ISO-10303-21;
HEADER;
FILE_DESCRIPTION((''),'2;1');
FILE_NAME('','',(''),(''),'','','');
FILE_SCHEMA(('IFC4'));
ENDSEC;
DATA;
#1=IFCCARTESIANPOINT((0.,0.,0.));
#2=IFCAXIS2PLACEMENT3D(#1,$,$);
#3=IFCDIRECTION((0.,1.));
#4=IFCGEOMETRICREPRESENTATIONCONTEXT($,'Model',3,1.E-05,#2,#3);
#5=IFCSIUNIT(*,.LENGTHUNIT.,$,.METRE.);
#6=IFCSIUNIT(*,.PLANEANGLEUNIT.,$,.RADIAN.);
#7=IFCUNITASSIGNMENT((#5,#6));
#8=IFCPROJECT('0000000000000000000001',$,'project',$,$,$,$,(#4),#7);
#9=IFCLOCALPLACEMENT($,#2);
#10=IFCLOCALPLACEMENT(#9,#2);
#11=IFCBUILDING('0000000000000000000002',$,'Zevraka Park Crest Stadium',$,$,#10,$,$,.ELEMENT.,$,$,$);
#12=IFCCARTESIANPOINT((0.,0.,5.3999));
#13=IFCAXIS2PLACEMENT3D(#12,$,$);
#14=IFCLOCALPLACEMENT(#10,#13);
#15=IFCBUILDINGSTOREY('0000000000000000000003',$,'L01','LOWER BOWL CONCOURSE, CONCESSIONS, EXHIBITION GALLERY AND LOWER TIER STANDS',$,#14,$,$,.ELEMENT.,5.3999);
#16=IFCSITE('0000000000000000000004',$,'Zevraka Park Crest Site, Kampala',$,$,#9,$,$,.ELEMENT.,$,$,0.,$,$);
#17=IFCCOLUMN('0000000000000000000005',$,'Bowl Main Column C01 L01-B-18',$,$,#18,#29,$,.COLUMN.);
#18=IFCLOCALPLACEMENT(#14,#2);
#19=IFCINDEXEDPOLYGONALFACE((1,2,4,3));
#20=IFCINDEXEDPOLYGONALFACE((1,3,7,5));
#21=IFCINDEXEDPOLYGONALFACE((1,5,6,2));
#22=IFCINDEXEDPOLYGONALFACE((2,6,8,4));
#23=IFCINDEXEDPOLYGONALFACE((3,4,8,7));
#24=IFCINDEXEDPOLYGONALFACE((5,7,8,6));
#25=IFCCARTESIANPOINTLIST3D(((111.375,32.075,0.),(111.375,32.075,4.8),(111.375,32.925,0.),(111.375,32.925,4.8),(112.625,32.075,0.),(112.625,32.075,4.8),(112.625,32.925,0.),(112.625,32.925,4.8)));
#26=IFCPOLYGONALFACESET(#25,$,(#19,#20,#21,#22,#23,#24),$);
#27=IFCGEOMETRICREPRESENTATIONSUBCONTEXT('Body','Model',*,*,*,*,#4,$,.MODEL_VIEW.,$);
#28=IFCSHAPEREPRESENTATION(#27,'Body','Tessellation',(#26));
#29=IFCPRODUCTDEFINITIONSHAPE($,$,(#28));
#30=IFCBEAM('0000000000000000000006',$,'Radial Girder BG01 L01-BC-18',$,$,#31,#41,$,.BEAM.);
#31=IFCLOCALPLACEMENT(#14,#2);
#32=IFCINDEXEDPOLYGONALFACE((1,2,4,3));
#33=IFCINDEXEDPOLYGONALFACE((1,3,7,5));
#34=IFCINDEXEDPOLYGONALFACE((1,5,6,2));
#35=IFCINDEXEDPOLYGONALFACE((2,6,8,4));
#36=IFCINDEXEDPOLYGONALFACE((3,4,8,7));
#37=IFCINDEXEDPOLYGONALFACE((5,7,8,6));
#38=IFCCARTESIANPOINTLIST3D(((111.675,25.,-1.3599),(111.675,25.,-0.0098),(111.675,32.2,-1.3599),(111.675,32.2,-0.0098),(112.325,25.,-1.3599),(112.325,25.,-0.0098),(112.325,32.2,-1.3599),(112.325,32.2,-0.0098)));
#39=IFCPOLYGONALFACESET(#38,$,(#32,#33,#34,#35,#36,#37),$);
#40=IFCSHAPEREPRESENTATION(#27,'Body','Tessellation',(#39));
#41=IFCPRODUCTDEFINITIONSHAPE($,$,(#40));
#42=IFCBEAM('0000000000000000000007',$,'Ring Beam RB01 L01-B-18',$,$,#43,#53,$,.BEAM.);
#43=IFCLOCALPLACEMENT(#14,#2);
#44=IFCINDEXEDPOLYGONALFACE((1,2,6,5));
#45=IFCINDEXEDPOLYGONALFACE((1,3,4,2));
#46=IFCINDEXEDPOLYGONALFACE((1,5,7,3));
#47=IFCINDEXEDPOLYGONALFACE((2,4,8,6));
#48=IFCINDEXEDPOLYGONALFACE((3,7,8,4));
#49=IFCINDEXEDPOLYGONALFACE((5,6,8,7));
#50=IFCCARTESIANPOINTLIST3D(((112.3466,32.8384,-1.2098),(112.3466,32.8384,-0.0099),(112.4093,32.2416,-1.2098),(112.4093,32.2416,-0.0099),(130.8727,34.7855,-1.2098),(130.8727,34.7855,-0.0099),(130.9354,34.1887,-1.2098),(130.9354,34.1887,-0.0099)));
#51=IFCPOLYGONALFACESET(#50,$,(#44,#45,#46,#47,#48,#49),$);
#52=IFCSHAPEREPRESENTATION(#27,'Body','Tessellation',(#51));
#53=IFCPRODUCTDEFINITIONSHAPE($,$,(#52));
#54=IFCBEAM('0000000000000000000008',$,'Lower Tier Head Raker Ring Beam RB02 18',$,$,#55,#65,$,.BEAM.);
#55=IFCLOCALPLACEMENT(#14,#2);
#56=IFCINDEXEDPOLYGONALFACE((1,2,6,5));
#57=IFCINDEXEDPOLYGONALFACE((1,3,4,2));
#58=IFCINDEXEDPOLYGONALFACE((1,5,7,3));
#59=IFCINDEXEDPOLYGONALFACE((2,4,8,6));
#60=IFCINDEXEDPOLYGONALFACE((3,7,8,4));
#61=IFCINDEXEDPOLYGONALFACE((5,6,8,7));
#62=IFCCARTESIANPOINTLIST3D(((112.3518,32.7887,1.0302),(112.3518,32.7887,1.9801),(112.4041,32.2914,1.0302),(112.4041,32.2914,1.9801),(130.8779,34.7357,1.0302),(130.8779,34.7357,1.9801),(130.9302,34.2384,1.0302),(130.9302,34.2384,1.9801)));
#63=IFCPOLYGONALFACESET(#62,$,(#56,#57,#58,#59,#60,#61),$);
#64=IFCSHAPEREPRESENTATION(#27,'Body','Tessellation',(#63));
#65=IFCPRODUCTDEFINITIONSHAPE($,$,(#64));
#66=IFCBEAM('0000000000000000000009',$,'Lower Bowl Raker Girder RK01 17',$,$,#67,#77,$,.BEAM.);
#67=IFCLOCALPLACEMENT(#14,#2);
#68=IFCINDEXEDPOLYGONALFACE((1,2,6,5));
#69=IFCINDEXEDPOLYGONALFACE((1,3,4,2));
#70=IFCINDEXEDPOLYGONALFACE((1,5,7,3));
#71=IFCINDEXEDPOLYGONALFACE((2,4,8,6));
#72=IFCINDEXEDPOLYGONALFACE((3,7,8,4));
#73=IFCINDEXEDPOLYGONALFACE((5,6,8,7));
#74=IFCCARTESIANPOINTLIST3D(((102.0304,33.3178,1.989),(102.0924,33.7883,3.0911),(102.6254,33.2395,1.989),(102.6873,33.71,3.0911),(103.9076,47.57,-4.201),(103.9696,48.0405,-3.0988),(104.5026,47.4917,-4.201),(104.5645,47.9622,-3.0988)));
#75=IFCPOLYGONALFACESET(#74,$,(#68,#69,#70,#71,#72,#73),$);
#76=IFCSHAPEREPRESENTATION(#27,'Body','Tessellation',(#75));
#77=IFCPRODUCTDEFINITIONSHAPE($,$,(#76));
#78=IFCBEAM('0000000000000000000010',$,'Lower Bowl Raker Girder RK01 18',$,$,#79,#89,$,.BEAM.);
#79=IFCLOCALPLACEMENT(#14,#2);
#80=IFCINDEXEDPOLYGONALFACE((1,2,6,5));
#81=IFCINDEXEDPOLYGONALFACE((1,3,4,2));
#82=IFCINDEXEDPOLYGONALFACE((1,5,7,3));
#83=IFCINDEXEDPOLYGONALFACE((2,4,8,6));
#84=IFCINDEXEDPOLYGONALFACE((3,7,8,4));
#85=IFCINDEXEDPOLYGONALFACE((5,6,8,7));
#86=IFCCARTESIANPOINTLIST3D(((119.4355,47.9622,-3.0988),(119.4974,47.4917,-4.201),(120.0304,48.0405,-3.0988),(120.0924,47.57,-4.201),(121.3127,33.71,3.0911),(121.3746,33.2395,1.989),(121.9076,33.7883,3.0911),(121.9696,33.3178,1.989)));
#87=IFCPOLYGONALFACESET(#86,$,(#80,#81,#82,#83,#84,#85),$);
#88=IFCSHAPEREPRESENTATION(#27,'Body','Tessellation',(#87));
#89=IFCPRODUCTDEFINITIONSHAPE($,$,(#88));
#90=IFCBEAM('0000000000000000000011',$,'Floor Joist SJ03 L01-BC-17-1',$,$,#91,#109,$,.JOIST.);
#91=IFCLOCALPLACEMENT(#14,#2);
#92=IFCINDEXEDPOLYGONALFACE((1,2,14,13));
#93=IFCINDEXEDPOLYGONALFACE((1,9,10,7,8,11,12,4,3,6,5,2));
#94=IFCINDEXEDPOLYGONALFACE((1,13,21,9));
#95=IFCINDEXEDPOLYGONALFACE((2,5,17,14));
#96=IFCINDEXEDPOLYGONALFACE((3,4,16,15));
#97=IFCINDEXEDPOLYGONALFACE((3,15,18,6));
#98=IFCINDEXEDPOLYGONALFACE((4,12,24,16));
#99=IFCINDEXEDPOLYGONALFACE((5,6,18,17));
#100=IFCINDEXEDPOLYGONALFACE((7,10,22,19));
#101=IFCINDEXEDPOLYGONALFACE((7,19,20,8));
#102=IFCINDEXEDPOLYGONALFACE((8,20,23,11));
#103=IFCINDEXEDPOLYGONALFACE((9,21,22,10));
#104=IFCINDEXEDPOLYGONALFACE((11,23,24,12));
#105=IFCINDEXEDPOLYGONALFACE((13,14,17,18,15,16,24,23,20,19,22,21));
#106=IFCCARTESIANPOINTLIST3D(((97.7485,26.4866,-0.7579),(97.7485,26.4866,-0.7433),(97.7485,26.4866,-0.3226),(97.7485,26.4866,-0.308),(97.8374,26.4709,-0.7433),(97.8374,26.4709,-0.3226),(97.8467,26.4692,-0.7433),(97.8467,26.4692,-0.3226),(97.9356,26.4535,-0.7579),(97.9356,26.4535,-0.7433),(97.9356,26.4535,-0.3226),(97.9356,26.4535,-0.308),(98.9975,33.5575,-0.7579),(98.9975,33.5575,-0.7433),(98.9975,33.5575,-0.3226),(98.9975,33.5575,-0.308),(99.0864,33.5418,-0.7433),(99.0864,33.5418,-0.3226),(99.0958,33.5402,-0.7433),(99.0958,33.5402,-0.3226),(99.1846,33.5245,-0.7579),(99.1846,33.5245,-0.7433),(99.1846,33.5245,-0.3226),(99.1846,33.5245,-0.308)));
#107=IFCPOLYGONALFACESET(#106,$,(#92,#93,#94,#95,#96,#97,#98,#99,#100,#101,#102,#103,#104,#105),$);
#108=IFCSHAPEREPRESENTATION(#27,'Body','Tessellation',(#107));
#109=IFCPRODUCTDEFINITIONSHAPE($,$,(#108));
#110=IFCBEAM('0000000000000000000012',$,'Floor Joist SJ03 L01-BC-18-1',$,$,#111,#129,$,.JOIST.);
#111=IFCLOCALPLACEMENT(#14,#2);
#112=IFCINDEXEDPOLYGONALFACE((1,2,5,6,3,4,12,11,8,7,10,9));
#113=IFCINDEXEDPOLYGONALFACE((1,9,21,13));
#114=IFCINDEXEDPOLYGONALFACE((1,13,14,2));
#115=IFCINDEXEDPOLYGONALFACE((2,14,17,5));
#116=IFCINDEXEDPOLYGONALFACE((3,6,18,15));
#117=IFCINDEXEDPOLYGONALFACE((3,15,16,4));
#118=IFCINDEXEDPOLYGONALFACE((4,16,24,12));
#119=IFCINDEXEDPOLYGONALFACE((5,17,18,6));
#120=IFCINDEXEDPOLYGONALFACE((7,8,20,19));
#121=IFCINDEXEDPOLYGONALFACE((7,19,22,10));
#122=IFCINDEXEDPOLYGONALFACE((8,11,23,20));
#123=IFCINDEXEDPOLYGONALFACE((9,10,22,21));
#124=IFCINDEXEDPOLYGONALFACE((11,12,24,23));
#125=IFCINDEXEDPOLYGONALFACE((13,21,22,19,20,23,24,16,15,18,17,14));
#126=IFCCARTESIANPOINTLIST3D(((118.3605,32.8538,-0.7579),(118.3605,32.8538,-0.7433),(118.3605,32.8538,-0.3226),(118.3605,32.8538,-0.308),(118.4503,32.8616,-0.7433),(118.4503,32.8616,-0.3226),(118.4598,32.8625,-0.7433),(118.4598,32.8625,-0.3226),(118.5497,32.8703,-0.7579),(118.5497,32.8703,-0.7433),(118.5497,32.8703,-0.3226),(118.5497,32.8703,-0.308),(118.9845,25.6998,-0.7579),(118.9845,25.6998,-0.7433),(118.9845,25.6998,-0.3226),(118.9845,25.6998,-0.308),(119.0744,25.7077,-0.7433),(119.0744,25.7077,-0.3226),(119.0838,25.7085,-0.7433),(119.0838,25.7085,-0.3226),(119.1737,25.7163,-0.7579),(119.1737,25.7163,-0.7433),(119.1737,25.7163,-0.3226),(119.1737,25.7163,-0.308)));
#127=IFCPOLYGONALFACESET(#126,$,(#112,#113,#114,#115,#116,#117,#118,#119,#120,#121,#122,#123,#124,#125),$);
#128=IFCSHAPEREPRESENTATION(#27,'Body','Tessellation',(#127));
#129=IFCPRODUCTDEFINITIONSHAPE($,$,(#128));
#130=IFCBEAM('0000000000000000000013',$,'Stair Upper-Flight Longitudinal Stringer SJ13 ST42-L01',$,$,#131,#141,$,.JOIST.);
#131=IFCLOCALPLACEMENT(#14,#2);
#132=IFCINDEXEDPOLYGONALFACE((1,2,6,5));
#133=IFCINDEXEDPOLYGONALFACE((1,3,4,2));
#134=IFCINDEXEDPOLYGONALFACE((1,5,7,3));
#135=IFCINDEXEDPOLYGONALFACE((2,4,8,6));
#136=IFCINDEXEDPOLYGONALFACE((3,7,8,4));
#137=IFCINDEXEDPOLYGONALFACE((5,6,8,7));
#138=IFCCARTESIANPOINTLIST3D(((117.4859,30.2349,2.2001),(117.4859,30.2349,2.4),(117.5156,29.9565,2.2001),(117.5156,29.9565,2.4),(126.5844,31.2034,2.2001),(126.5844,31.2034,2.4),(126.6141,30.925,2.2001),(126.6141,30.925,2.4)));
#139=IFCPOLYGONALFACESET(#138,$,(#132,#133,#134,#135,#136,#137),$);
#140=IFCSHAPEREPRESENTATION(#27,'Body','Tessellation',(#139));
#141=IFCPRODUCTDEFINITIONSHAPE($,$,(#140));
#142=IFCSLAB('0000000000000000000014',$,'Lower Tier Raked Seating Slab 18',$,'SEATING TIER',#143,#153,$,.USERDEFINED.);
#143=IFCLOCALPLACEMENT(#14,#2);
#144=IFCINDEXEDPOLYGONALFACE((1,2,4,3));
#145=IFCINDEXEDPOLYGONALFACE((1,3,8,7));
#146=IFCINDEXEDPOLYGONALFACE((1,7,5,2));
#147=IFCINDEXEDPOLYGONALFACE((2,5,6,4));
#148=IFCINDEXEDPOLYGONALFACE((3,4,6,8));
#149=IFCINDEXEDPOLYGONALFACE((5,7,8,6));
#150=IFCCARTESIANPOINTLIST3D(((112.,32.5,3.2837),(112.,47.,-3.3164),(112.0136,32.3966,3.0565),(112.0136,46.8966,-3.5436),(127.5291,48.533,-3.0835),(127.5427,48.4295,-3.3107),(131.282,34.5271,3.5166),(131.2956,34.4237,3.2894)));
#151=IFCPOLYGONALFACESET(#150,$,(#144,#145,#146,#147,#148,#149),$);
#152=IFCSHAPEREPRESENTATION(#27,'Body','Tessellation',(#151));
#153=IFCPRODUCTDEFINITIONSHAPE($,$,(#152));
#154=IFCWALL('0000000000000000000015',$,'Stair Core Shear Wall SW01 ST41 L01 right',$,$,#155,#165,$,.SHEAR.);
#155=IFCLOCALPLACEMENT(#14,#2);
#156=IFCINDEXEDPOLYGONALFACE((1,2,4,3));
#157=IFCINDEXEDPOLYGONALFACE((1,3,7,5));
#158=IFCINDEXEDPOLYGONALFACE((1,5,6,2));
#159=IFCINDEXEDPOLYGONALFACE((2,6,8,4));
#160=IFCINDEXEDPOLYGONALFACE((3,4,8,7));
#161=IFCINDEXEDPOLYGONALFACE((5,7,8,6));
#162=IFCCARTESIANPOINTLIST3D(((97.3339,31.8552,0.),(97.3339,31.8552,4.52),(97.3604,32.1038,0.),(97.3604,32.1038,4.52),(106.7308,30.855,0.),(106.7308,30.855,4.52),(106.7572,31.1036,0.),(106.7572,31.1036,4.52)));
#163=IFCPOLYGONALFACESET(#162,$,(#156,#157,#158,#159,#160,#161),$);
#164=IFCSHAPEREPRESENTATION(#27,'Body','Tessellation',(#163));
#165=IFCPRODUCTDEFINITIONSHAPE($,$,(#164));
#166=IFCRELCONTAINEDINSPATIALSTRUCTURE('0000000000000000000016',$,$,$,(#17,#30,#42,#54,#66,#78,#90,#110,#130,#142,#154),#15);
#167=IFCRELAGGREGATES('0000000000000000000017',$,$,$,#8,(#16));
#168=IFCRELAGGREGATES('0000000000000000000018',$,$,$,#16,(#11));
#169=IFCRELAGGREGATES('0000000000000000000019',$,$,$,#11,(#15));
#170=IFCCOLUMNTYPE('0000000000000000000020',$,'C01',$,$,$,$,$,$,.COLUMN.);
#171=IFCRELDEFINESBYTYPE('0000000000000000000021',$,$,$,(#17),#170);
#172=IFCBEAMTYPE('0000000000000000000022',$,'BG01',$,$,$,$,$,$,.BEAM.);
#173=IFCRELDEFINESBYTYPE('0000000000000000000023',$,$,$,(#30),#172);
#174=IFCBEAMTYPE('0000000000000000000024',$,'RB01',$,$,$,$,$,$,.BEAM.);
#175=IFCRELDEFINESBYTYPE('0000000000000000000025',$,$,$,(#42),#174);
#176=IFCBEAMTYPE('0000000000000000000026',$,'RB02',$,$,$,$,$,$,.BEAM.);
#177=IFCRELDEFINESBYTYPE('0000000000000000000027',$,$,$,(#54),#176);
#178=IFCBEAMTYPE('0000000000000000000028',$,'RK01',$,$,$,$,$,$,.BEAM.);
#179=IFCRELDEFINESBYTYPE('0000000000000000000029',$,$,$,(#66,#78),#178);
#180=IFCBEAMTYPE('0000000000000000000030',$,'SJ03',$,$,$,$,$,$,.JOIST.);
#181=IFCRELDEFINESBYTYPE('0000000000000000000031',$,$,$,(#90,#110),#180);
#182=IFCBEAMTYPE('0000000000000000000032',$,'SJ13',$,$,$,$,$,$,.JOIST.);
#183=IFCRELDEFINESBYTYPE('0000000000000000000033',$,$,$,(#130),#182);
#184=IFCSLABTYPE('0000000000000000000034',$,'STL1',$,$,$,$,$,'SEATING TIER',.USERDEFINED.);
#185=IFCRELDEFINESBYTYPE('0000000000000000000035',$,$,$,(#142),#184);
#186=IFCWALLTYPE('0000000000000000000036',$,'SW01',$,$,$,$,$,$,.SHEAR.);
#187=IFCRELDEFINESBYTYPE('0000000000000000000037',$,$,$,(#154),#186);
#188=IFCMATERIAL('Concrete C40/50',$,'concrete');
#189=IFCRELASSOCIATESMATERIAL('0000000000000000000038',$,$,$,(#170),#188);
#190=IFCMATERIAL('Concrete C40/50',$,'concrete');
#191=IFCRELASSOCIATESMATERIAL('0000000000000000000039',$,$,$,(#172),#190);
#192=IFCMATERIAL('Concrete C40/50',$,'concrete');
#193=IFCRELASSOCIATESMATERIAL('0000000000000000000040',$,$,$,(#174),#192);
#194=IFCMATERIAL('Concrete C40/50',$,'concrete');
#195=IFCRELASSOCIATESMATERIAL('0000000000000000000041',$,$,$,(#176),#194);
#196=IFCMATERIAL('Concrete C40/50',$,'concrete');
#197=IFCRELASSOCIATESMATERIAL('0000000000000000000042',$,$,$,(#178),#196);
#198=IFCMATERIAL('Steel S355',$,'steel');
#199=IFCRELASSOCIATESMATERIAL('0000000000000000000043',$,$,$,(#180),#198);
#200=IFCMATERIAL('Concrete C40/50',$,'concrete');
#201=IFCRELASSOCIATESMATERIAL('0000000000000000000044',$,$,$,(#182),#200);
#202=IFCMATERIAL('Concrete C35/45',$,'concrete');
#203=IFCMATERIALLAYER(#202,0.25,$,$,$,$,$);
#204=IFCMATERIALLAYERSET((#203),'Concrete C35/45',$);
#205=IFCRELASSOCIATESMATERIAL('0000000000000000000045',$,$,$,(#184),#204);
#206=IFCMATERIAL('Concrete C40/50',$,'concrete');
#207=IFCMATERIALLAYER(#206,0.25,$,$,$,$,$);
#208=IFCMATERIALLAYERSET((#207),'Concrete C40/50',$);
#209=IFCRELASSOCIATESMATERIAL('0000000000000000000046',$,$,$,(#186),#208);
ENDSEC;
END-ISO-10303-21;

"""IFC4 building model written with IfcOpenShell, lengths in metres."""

from ifc_helpers import new_model, si_unit, direction, frame, frame_2d, origin, origin_2d, place, context, subcontext, project, spatial, polyline, rectangle, i_section, outline, extrude, material, layer, layer_set, material_profile, profile_set, type_object, element, save


model = new_model("IFC4")

# Units and contexts
model_context = context("Model", 3, precision=1e-05, world=origin(), true_north=direction((0.0, 1.0)))
body_context = subcontext(model_context, "Body", "Model", "MODEL_VIEW")
ifc_project = project(units=[si_unit("LENGTHUNIT", "METRE"), si_unit("PLANEANGLEUNIT", "RADIAN")], contexts=[model_context])

# Site, building, storey
site_placement = place(None, origin())
site = spatial("IfcSite", under=ifc_project, at=site_placement, Name="Zevraka Park Crest Site, Kampala", CompositionType="ELEMENT", RefElevation=0.0)
building_placement = place(site_placement, origin())
building = spatial("IfcBuilding", under=site, at=building_placement, Name="Zevraka Park Crest Stadium", CompositionType="ELEMENT")
storey_placement = place(building_placement, frame((0.0, 0.0, 5.3999)))
storey = spatial("IfcBuildingStorey", under=building, at=storey_placement, Name="L01", Description="LOWER BOWL CONCOURSE, CONCESSIONS, EXHIBITION GALLERY AND LOWER TIER STANDS", CompositionType="ELEMENT", Elevation=5.3999)

# Column
ifc_material_1 = material(Name="Concrete C40/50", Category="concrete")
ifc_material_profile_1 = material_profile(ifc_material_1, rectangle(XDim=0.8501, YDim=1.25, at=origin_2d()), Name="RC 1250x850")
ifc_profile_set_1 = profile_set([ifc_material_profile_1], Name="Concrete C40/50")
column_type = type_object("IfcColumnType", Name="C01", PredefinedType="COLUMN", material=ifc_profile_set_1)
column_placement = place(storey_placement, frame((112.0, 32.5, 0.0), z_axis=(0.0, 0.0, 1.0), x_axis=(0.0, 1.0, 0.0)))
element("IfcColumn", 1, at=column_placement, inside=storey, type_object=column_type, Name="Bowl Main Column C01 L01-B-18", PredefinedType="COLUMN", context=body_context, shape_type="SweptSolid", body=[
    extrude(rectangle(XDim=0.8501, YDim=1.25, at=origin_2d()), origin(), (0.0, 0.0, 1.0), 4.8),
])

# Beams
ifc_material_2 = material(Name="Concrete C40/50", Category="concrete")
ifc_material_profile_2 = material_profile(ifc_material_2, rectangle(XDim=0.6499, YDim=1.3501, at=origin_2d()), Name="RC 1350x650")
ifc_profile_set_2 = profile_set([ifc_material_profile_2], Name="Concrete C40/50")
beam_type_1 = type_object("IfcBeamType", Name="BG01", PredefinedType="BEAM", material=ifc_profile_set_2)
beam_1_placement = place(storey_placement, frame((112.0, 32.2, -0.6848), z_axis=(0.0, -1.0, 0.0), x_axis=(1.0, 0.0, 0.0)))
element("IfcBeam", 2, at=beam_1_placement, inside=storey, type_object=beam_type_1, Name="Radial Girder BG01 L01-BC-18", PredefinedType="BEAM", context=body_context, shape_type="SweptSolid", body=[
    extrude(rectangle(XDim=0.6499, YDim=1.3501, at=origin_2d()), origin(), (0.0, 0.0, 1.0), 7.2),
])
ifc_material_3 = material(Name="Concrete C40/50", Category="concrete")
ifc_material_profile_3 = material_profile(ifc_material_3, rectangle(XDim=0.6001, YDim=1.2, at=origin_2d()), Name="RC 1200x600")
ifc_profile_set_3 = profile_set([ifc_material_profile_3], Name="Concrete C40/50")
beam_type_2 = type_object("IfcBeamType", Name="RB01", PredefinedType="BEAM", material=ifc_profile_set_3)
beam_2_placement = place(storey_placement, frame((112.3779, 32.54, -0.6099), z_axis=(0.994523, 0.10452, 0.0), x_axis=(-0.10452, 0.994523, 0.0)))
element("IfcBeam", 3, at=beam_2_placement, inside=storey, type_object=beam_type_2, Name="Ring Beam RB01 L01-B-18", PredefinedType="BEAM", context=body_context, shape_type="SweptSolid", body=[
    extrude(rectangle(XDim=0.6001, YDim=1.2, at=origin_2d()), origin(), (0.0, 0.0, 1.0), 18.6282),
])
ifc_material_4 = material(Name="Concrete C40/50", Category="concrete")
ifc_material_profile_4 = material_profile(ifc_material_4, rectangle(XDim=0.5, YDim=0.95, at=origin_2d()), Name="RC 950x500")
ifc_profile_set_4 = profile_set([ifc_material_profile_4], Name="Concrete C40/50")
beam_type_3 = type_object("IfcBeamType", Name="RB02", PredefinedType="BEAM", material=ifc_profile_set_4)
beam_3_placement = place(storey_placement, frame((112.3779, 32.54, 1.5051), z_axis=(0.994523, 0.10452, 0.0), x_axis=(-0.10452, 0.994523, 0.0)))
element("IfcBeam", 4, at=beam_3_placement, inside=storey, type_object=beam_type_3, Name="Lower Tier Head Raker Ring Beam RB02 18", PredefinedType="BEAM", context=body_context, shape_type="SweptSolid", body=[
    extrude(rectangle(XDim=0.5, YDim=0.95, at=origin_2d()), origin(), (0.0, 0.0, 1.0), 18.6282),
])
ifc_material_5 = material(Name="Concrete C40/50", Category="concrete")
ifc_material_profile_5 = material_profile(ifc_material_5, rectangle(XDim=0.6001, YDim=1.2, at=origin_2d()), Name="RC 1200x600")
ifc_profile_set_5 = profile_set([ifc_material_profile_5], Name="Concrete C40/50")
beam_type_4 = type_object("IfcBeamType", Name="RK01", PredefinedType="BEAM", material=ifc_profile_set_5)
for number, where, z_axis, x_axis, name in (
    (5, (104.2361, 47.7661, -3.6499), (-0.119938, -0.910606, 0.39549), (0.991437, -0.130585, 0.0), "Lower Bowl Raker Girder RK01 17"),
    (6, (119.7639, 47.7661, -3.6499), (0.119938, -0.910606, 0.39549), (0.991437, 0.130585, 0.0), "Lower Bowl Raker Girder RK01 18"),
):
    element("IfcBeam", number, at=place(storey_placement, frame(where, z_axis=z_axis, x_axis=x_axis)), inside=storey, type_object=beam_type_4, Name=name, PredefinedType="BEAM", context=body_context, shape_type="SweptSolid", body=[
        extrude(rectangle(XDim=0.6001, YDim=1.2, at=origin_2d()), origin(), (0.0, 0.0, 1.0), 15.6514),
    ])
ifc_material_6 = material(Name="Steel S355", Category="steel")
ifc_material_profile_6 = material_profile(ifc_material_6, i_section(OverallWidth=0.1899, OverallDepth=0.45, WebThickness=0.0095, FlangeThickness=0.0146, at=origin_2d()), Name="IPE 450")
ifc_profile_set_6 = profile_set([ifc_material_profile_6], Name="Steel S355")
beam_type_5 = type_object("IfcBeamType", Name="SJ03", PredefinedType="JOIST", material=ifc_profile_set_6)
beam_4_placement = place(storey_placement, frame((99.0911, 33.541, -0.533), z_axis=(-0.173946, -0.984755, 0.0), x_axis=(0.984755, -0.173946, 0.0)))
element("IfcBeam", 7, at=beam_4_placement, inside=storey, type_object=beam_type_5, Name="Floor Joist SJ03 L01-BC-17-1", PredefinedType="JOIST", context=body_context, shape_type="SweptSolid", body=[
    extrude(i_section(OverallWidth=0.1899, OverallDepth=0.45, WebThickness=0.0095, FlangeThickness=0.0146, at=origin_2d()), origin(), (0.0, 0.0, 1.0), 7.1804),
])
beam_5_placement = place(storey_placement, frame((118.4551, 32.8621, -0.533), z_axis=(0.086897, -0.996217, 0.0), x_axis=(0.996217, 0.086897, 0.0)))
element("IfcBeam", 8, at=beam_5_placement, inside=storey, type_object=beam_type_5, Name="Floor Joist SJ03 L01-BC-18-1", PredefinedType="JOIST", context=body_context, shape_type="SweptSolid", body=[
    extrude(i_section(OverallWidth=0.1899, OverallDepth=0.45, WebThickness=0.0095, FlangeThickness=0.0146, at=origin_2d()), origin(), (0.0, 0.0, 1.0), 7.1812),
])
ifc_material_7 = material(Name="Concrete C40/50", Category="concrete")
ifc_material_profile_7 = material_profile(ifc_material_7, rectangle(XDim=0.28, YDim=0.2, at=origin_2d()), Name="RC 200x280")
ifc_profile_set_7 = profile_set([ifc_material_profile_7], Name="Concrete C40/50")
beam_type_6 = type_object("IfcBeamType", Name="SJ13", PredefinedType="JOIST", material=ifc_profile_set_7)
beam_6_placement = place(storey_placement, frame((117.5007, 30.0957, 2.3), z_axis=(0.994382, 0.10585, 0.0), x_axis=(-0.10585, 0.994382, 0.0)))
element("IfcBeam", 9, at=beam_6_placement, inside=storey, type_object=beam_type_6, Name="Stair Upper-Flight Longitudinal Stringer SJ13 ST42-L01", PredefinedType="JOIST", context=body_context, shape_type="SweptSolid", body=[
    extrude(rectangle(XDim=0.28, YDim=0.2, at=origin_2d()), origin(), (0.0, 0.0, 1.0), 9.1499),
])

# Slab
ifc_material_8 = material(Name="Concrete C35/45", Category="concrete")
ifc_layer_1 = layer(ifc_material_8, 0.25)
ifc_layer_set_1 = layer_set([ifc_layer_1], Name="Concrete C35/45")
slab_type = type_object("IfcSlabType", Name="STL1", ElementType="SEATING TIER", PredefinedType="USERDEFINED", material=ifc_layer_set_1)
slab_placement = place(storey_placement, frame((112.0, 47.0, -3.3164), z_axis=(-0.054466, 0.413666, 0.908798), x_axis=(0.995052, 0.098227, 0.014924)))
element("IfcSlab", 10, at=slab_placement, inside=storey, type_object=slab_type, Name="Lower Tier Raked Seating Slab 18", ObjectType="SEATING TIER", PredefinedType="USERDEFINED", context=body_context, shape_type="SweptSolid", body=[
    extrude(outline(polyline([(0.0, 0.0), (15.6063, 0.0), (18.0634, -15.7408), (-1.3258, -15.8762), (0.0, 0.0)])), origin(), (0.0, 0.0, -1.0), 0.25),
])

# Wall
ifc_material_9 = material(Name="Concrete C40/50", Category="concrete")
ifc_layer_2 = layer(ifc_material_9, 0.25)
ifc_layer_set_2 = layer_set([ifc_layer_2], Name="Concrete C40/50")
wall_type = type_object("IfcWallType", Name="SW01", PredefinedType="SHEAR", material=ifc_layer_set_2)
wall_1_placement = place(storey_placement, frame((106.7441, 30.9792, 0.0), z_axis=(0.0, 0.0, 1.0), x_axis=(-0.994383, 0.105845, 0.0)))
element("IfcWall", 11, at=wall_1_placement, inside=storey, type_object=wall_type, Name="Stair Core Shear Wall SW01 ST41 L01 right", PredefinedType="SHEAR", context=body_context, shape_type="SweptSolid", body=[
    extrude(rectangle(XDim=9.45, YDim=0.25, at=frame_2d((4.7251, 0.0))), origin(), (0.0, 0.0, 1.0), 4.52),
])

save(model, "model.ifc")
